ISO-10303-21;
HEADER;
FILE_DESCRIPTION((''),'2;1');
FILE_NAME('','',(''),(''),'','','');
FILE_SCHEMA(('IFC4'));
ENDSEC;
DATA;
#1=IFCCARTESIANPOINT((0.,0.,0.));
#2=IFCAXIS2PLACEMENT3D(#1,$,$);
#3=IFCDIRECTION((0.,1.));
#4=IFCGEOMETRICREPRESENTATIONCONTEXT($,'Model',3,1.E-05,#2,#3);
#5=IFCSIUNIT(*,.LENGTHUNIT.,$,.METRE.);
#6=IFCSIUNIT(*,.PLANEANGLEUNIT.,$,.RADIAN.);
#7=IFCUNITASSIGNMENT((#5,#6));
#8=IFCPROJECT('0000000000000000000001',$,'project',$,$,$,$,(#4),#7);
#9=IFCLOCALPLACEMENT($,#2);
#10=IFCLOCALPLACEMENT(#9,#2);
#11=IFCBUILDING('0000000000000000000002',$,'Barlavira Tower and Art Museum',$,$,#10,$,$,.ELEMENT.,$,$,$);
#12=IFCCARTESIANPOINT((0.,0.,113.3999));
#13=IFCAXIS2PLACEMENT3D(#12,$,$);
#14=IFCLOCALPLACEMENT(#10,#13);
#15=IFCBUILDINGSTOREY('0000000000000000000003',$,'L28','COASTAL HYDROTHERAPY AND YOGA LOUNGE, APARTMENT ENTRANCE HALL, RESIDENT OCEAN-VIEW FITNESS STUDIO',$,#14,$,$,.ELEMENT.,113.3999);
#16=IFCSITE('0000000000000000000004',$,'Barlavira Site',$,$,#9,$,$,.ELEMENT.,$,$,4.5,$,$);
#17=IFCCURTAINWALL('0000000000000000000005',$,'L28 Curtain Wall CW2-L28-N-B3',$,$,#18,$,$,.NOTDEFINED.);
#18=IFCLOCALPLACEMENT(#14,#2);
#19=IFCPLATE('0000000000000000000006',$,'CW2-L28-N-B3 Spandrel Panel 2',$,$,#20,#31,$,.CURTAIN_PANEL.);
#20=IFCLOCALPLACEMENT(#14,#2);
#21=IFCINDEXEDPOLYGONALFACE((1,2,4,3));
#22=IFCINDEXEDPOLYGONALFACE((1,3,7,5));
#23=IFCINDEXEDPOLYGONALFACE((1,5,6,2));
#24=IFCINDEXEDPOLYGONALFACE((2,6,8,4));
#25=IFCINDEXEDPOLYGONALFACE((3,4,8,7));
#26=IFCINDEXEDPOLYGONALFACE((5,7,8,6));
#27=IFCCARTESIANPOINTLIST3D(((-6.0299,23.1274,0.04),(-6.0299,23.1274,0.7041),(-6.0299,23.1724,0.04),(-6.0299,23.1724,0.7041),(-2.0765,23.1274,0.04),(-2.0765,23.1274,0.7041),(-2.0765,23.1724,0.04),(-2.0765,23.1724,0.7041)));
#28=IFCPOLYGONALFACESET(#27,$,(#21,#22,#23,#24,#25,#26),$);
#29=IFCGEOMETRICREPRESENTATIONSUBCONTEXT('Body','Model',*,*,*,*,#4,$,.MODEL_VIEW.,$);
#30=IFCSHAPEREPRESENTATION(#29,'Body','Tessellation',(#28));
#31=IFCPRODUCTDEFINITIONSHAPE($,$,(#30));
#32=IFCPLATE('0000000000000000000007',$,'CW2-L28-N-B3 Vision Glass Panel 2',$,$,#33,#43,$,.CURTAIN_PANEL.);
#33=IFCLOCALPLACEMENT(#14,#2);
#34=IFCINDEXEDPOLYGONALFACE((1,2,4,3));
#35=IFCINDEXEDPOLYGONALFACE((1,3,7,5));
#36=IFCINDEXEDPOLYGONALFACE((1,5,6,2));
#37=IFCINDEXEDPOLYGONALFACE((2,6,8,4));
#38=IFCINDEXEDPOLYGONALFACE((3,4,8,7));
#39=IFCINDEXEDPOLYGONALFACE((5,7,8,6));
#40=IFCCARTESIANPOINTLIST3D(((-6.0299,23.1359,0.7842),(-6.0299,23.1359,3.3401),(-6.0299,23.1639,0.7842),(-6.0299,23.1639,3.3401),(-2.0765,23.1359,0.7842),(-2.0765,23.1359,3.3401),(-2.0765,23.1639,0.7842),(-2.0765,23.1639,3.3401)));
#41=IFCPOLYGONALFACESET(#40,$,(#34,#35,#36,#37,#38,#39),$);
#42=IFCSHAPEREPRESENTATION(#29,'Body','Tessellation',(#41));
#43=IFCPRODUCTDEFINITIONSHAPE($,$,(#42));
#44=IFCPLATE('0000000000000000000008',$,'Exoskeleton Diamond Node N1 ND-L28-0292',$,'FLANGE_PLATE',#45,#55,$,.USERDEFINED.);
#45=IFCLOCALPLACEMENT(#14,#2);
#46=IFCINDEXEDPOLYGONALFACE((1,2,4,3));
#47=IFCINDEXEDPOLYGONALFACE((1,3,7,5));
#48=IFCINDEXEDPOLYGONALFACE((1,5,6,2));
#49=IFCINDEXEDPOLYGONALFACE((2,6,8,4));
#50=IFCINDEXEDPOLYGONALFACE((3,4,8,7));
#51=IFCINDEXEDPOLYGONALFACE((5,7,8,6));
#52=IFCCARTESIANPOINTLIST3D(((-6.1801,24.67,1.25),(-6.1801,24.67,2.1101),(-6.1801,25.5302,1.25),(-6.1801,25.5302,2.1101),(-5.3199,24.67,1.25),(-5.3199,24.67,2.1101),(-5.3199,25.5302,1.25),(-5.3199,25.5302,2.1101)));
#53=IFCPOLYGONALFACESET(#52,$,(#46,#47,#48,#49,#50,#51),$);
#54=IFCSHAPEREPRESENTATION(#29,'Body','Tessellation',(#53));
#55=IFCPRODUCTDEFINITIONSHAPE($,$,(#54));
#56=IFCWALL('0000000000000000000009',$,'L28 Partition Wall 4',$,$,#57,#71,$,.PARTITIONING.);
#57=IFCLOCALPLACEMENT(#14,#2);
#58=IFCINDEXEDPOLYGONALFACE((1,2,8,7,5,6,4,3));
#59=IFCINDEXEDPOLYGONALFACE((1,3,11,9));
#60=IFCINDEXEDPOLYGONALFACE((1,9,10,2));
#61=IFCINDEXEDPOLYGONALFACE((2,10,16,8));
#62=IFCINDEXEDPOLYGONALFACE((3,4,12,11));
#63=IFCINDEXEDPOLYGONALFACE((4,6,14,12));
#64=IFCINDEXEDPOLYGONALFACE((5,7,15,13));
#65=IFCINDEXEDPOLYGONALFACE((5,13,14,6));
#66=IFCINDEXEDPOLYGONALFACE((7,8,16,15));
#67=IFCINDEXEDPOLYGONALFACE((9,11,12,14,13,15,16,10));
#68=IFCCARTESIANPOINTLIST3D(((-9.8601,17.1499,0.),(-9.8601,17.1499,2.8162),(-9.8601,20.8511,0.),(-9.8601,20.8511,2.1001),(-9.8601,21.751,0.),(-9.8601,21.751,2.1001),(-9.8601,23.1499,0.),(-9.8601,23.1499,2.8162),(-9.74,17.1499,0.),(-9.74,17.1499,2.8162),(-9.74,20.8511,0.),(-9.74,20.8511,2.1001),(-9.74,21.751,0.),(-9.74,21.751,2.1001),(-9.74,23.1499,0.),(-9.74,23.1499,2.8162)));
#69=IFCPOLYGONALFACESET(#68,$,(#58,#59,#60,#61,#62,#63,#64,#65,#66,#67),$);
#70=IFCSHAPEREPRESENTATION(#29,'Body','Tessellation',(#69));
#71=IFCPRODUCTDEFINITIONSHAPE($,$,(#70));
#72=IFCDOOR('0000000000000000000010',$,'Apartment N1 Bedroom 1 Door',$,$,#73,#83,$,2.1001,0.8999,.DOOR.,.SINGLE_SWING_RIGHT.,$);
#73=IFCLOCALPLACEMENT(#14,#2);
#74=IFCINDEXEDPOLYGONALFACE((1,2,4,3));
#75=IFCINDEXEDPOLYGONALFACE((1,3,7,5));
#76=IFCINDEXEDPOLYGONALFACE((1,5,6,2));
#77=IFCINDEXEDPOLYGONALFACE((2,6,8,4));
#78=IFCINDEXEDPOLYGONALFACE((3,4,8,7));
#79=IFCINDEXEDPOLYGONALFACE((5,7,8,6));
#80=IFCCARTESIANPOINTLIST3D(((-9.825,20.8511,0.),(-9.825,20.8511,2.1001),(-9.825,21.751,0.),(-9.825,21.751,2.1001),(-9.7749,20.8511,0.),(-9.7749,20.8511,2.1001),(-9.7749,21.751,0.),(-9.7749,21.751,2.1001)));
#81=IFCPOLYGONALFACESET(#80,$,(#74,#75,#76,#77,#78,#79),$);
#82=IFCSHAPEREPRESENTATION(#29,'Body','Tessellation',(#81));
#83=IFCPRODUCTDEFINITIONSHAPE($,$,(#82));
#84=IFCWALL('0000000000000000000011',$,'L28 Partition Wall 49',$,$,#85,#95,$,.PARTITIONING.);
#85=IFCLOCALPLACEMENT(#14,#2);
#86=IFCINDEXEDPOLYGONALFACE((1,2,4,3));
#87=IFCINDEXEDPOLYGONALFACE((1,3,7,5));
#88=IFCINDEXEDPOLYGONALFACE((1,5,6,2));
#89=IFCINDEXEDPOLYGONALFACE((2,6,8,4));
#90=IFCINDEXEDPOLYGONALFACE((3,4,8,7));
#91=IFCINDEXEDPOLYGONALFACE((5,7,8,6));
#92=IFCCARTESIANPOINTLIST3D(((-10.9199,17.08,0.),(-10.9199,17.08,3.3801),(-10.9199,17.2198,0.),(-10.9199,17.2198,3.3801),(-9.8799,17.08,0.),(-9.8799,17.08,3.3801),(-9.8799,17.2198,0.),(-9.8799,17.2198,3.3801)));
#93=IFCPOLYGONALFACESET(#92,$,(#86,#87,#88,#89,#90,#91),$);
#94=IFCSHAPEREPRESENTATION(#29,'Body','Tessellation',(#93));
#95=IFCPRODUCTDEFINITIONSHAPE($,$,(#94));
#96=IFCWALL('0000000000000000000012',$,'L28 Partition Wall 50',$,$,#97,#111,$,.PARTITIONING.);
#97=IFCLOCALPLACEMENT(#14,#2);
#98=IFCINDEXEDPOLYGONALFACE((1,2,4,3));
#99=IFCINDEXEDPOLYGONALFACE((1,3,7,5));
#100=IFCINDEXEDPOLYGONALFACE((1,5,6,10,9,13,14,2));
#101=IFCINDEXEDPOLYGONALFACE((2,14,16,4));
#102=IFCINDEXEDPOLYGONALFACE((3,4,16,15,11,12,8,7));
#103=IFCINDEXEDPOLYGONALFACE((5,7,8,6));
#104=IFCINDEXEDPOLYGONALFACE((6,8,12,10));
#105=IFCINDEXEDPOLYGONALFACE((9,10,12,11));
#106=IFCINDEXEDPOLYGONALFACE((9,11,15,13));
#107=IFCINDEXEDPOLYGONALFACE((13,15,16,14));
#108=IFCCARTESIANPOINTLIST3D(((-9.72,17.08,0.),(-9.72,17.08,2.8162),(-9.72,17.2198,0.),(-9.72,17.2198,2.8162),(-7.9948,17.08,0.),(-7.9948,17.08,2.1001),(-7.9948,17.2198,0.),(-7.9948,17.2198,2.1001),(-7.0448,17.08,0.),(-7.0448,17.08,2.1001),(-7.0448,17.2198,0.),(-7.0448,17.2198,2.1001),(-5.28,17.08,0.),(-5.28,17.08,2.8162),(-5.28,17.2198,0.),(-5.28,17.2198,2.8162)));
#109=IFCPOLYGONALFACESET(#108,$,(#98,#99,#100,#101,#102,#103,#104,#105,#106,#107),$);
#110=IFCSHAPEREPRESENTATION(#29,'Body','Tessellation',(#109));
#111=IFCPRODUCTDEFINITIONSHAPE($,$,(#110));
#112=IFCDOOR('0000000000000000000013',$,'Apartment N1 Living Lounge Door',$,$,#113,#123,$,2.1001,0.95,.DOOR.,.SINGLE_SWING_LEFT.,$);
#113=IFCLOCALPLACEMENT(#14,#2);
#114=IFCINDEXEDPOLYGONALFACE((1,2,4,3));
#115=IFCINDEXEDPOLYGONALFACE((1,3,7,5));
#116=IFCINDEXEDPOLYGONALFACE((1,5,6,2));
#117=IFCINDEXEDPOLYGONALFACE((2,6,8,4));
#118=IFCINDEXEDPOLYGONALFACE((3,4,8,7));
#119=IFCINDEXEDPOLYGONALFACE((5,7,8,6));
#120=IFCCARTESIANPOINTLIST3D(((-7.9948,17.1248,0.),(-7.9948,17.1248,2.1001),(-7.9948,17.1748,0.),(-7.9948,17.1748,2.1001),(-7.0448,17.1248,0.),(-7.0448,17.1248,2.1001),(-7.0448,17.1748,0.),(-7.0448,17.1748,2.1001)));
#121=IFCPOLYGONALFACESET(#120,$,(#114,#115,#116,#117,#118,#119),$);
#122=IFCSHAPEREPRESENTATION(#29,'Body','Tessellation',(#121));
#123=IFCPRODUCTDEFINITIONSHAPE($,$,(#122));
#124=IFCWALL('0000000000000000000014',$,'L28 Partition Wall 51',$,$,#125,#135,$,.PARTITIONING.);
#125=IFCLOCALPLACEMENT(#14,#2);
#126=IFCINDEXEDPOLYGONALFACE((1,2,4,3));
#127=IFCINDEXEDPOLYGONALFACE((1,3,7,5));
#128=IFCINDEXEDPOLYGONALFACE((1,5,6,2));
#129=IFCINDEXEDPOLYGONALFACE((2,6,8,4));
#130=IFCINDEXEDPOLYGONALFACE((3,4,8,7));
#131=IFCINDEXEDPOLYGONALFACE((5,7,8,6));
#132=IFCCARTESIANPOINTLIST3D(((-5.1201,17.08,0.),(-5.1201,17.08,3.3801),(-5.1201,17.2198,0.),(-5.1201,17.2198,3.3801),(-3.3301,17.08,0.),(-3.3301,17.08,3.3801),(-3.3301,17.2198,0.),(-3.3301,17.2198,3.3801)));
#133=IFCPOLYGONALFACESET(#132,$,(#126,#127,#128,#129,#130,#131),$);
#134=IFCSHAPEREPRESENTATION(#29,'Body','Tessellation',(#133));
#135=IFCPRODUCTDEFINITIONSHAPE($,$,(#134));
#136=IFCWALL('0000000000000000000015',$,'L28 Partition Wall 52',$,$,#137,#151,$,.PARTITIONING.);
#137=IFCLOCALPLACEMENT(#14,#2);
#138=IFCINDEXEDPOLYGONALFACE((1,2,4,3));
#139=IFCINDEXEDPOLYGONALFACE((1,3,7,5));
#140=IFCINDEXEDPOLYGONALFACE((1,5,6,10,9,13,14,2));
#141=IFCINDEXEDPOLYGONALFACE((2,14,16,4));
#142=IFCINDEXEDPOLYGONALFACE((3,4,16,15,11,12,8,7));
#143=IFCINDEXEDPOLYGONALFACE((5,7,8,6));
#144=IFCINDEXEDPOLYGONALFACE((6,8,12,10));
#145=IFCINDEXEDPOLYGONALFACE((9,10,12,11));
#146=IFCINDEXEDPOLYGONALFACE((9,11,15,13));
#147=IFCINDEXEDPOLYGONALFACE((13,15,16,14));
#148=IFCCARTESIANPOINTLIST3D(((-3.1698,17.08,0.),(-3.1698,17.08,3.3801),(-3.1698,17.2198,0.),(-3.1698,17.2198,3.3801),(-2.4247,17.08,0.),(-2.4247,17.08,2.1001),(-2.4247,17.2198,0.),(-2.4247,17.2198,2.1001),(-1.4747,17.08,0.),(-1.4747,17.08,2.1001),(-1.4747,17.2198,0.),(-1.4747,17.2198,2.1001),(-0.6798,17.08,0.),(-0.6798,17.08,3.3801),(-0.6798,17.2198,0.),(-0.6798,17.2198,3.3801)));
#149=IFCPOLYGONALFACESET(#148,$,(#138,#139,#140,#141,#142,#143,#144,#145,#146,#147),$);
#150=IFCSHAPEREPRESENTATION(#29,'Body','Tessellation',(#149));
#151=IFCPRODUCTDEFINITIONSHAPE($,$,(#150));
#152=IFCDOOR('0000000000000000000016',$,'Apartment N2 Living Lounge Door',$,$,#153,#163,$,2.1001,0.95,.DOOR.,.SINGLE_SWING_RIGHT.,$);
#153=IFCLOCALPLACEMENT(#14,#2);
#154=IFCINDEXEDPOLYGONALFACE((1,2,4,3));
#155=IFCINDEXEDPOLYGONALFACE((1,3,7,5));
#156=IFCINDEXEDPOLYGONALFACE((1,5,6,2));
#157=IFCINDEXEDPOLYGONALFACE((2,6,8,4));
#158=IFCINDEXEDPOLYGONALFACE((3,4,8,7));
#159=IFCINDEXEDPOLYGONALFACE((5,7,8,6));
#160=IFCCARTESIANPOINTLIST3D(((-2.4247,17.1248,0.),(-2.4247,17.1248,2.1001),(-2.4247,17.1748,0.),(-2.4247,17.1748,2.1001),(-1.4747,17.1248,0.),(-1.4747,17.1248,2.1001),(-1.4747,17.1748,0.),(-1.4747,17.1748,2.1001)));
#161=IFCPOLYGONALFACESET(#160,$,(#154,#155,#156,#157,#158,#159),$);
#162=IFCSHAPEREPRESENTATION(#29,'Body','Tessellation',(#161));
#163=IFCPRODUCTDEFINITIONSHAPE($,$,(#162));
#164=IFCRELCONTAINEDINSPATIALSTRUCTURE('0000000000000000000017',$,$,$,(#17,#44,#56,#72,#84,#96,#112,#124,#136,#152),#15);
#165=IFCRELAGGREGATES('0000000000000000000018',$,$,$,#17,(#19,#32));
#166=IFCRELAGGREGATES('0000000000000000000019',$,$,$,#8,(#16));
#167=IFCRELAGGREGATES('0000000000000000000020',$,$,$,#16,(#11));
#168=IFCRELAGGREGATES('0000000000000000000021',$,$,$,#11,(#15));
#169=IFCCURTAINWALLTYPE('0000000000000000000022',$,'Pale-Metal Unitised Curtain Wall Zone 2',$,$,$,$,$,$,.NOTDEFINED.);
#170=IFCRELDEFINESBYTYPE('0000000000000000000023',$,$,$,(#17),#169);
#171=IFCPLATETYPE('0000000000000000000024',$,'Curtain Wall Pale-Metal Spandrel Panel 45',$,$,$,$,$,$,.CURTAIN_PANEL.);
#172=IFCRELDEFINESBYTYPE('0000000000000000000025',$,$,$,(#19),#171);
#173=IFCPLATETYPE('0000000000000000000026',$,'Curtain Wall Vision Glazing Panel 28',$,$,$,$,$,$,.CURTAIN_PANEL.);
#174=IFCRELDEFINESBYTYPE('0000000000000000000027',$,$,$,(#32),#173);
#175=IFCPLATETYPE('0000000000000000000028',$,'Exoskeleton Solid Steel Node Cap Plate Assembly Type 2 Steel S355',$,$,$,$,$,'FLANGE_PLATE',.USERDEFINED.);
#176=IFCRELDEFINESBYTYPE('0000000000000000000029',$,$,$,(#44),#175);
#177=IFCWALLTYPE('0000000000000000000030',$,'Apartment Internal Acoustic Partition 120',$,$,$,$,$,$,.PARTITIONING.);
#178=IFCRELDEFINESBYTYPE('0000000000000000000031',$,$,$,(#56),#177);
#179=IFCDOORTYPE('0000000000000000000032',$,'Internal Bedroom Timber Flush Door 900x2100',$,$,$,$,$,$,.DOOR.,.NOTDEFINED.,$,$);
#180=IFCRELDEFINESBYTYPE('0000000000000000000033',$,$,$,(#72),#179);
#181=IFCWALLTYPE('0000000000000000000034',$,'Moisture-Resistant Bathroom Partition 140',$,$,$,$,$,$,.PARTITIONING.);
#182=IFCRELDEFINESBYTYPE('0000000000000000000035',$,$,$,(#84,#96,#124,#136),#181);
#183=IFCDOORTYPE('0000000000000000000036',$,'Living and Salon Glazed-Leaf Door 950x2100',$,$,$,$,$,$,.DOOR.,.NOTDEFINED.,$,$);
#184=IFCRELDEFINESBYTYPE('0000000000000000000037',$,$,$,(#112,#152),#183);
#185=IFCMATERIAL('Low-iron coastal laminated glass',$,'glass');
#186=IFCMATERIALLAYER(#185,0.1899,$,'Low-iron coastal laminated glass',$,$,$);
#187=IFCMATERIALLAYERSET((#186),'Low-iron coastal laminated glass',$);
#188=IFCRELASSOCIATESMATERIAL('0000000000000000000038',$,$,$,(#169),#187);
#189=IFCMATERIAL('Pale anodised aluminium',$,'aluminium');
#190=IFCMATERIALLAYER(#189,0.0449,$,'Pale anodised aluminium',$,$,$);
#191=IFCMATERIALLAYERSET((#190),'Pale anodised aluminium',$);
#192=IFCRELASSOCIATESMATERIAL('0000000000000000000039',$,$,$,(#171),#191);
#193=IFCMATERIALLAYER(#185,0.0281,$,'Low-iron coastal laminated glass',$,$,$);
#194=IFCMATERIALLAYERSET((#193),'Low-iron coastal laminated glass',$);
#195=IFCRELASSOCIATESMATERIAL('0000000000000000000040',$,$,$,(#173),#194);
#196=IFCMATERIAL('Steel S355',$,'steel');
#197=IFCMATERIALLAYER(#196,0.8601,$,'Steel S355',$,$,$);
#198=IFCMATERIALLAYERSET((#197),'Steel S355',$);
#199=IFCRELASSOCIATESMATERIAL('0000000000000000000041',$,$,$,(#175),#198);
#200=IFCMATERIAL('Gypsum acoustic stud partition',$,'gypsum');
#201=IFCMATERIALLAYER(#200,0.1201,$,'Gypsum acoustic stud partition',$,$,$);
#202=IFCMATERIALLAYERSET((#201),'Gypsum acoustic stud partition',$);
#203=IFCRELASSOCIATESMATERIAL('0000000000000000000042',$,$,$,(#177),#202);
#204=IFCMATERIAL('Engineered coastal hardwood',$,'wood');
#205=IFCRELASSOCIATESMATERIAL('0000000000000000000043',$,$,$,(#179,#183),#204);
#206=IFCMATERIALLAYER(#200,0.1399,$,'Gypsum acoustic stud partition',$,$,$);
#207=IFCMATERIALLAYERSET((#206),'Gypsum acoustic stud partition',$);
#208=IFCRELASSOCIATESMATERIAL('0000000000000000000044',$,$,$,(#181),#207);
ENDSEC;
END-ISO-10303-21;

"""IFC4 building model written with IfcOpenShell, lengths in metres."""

from ifc_helpers import new_model, si_unit, direction, frame, frame_2d, origin, origin_2d, place, context, subcontext, project, spatial, rectangle, extrude, material, layer, layer_set, type_object, element, fill, aggregate, save


model = new_model("IFC4")

# Units and contexts
model_context = context("Model", 3, precision=1e-05, world=origin(), true_north=direction((0.0, 1.0)))
body_context = subcontext(model_context, "Body", "Model", "MODEL_VIEW")
ifc_project = project(units=[si_unit("LENGTHUNIT", "METRE"), si_unit("PLANEANGLEUNIT", "RADIAN")], contexts=[model_context])

# Site, building, storey
site_placement = place(None, origin())
site = spatial("IfcSite", under=ifc_project, at=site_placement, Name="Barlavira Site", CompositionType="ELEMENT", RefElevation=4.5)
building_placement = place(site_placement, origin())
building = spatial("IfcBuilding", under=site, at=building_placement, Name="Barlavira Tower and Art Museum", CompositionType="ELEMENT")
storey_placement = place(building_placement, frame((0.0, 0.0, 113.3999)))
storey = spatial("IfcBuildingStorey", under=building, at=storey_placement, Name="L28", Description="COASTAL HYDROTHERAPY AND YOGA LOUNGE, APARTMENT ENTRANCE HALL, RESIDENT OCEAN-VIEW FITNESS STUDIO", CompositionType="ELEMENT", Elevation=113.3999)

# Curtain wall
ifc_material_1 = material(Name="Low-iron coastal laminated glass", Category="glass")
ifc_layer_1 = layer(ifc_material_1, 0.1899, Name="Low-iron coastal laminated glass")
ifc_layer_set_1 = layer_set([ifc_layer_1], Name="Low-iron coastal laminated glass")
curtain_wall_type = type_object("IfcCurtainWallType", Name="Pale-Metal Unitised Curtain Wall Zone 2", PredefinedType="NOTDEFINED", material=ifc_layer_set_1)
curtain_wall_placement = place(storey_placement, origin())
curtain_wall = element("IfcCurtainWall", 1, at=curtain_wall_placement, inside=storey, type_object=curtain_wall_type, Name="L28 Curtain Wall CW2-L28-N-B3", PredefinedType="NOTDEFINED")
ifc_material_2 = material(Name="Pale anodised aluminium", Category="aluminium")

# Shared definitions
ifc_material_3 = material(Name="Steel S355", Category="steel")

# Plates
ifc_layer_2 = layer(ifc_material_2, 0.0449, Name="Pale anodised aluminium")
ifc_layer_set_2 = layer_set([ifc_layer_2], Name="Pale anodised aluminium")
plate_type_1 = type_object("IfcPlateType", Name="Curtain Wall Pale-Metal Spandrel Panel 45", PredefinedType="CURTAIN_PANEL", material=ifc_layer_set_2)
plate_1_placement = place(storey_placement, frame((-4.0532, 23.1499, 0.04), z_axis=(0.0, 0.0, 1.0), x_axis=(-1.0, 0.0, 0.0)))
plate_1 = element("IfcPlate", 2, at=plate_1_placement, type_object=plate_type_1, Name="CW2-L28-N-B3 Spandrel Panel 2", PredefinedType="CURTAIN_PANEL", context=body_context, shape_type="SweptSolid", body=[
    extrude(rectangle(XDim=3.9534, YDim=0.0449, at=origin_2d()), origin(), (0.0, 0.0, 1.0), 0.6641),
])
ifc_layer_3 = layer(ifc_material_1, 0.0281, Name="Low-iron coastal laminated glass")
ifc_layer_set_3 = layer_set([ifc_layer_3], Name="Low-iron coastal laminated glass")
plate_type_2 = type_object("IfcPlateType", Name="Curtain Wall Vision Glazing Panel 28", PredefinedType="CURTAIN_PANEL", material=ifc_layer_set_3)
plate_2_placement = place(storey_placement, frame((-4.0532, 23.1499, 0.7842), z_axis=(0.0, 0.0, 1.0), x_axis=(-1.0, 0.0, 0.0)))
plate_2 = element("IfcPlate", 3, at=plate_2_placement, type_object=plate_type_2, Name="CW2-L28-N-B3 Vision Glass Panel 2", PredefinedType="CURTAIN_PANEL", context=body_context, shape_type="SweptSolid", body=[
    extrude(rectangle(XDim=3.9534, YDim=0.0281, at=origin_2d()), origin(), (0.0, 0.0, 1.0), 2.5559),
])
aggregate(curtain_wall, [plate_1, plate_2])
ifc_layer_4 = layer(ifc_material_3, 0.8601, Name="Steel S355")
ifc_layer_set_4 = layer_set([ifc_layer_4], Name="Steel S355")
plate_type_3 = type_object("IfcPlateType", Name="Exoskeleton Solid Steel Node Cap Plate Assembly Type 2 Steel S355", ElementType="FLANGE_PLATE", PredefinedType="USERDEFINED", material=ifc_layer_set_4)
plate_3_placement = place(storey_placement, frame((-5.75, 25.1001, 1.25), z_axis=(0.0, 0.0, 1.0), x_axis=(1.0, 0.0, 0.0)))
element("IfcPlate", 4, at=plate_3_placement, inside=storey, type_object=plate_type_3, Name="Exoskeleton Diamond Node N1 ND-L28-0292", ObjectType="FLANGE_PLATE", PredefinedType="USERDEFINED", context=body_context, shape_type="SweptSolid", body=[
    extrude(rectangle(XDim=0.8601, YDim=0.8601, at=origin_2d()), origin(), (0.0, 0.0, 1.0), 0.8601),
])

# Wall, opening, door
ifc_material_4 = material(Name="Gypsum acoustic stud partition", Category="gypsum")
ifc_layer_5 = layer(ifc_material_4, 0.1201, Name="Gypsum acoustic stud partition")
ifc_layer_set_5 = layer_set([ifc_layer_5], Name="Gypsum acoustic stud partition")
wall_type_1 = type_object("IfcWallType", Name="Apartment Internal Acoustic Partition 120", PredefinedType="PARTITIONING", material=ifc_layer_set_5)
wall_1_placement = place(storey_placement, frame((-9.8, 17.1499, 0.0), z_axis=(0.0, 0.0, 1.0), x_axis=(0.0, 1.0, 0.0)))
wall_1 = element("IfcWall", 5, at=wall_1_placement, inside=storey, type_object=wall_type_1, Name="L28 Partition Wall 4", PredefinedType="PARTITIONING", context=body_context, shape_type="SweptSolid", body=[
    extrude(rectangle(XDim=6.0, YDim=0.1201, at=frame_2d((3.0, 0.0))), origin(), (0.0, 0.0, 1.0), 2.8162),
])
opening_1_placement = place(wall_1_placement, frame((3.7012, 0.0, 0.0)))
opening_1 = element("IfcOpeningElement", 6, at=opening_1_placement, cuts=wall_1, PredefinedType="OPENING", context=body_context, shape_type="SweptSolid", body=[
    extrude(rectangle(XDim=0.8999, YDim=2.1001, at=frame_2d((0.45, 1.05))), frame((0.0, 0.0701, 0.0), z_axis=(0.0, -1.0, 0.0), x_axis=(1.0, 0.0, 0.0)), (0.0, 0.0, 1.0), 0.1401),
])
ifc_material_5 = material(Name="Engineered coastal hardwood", Category="wood")
door_type_1 = type_object("IfcDoorType", Name="Internal Bedroom Timber Flush Door 900x2100", OperationType="NOTDEFINED", PredefinedType="DOOR", material=ifc_material_5)
door_1_placement = place(opening_1_placement, origin())
door_1 = element("IfcDoor", 7, at=door_1_placement, inside=storey, type_object=door_type_1, Name="Apartment N1 Bedroom 1 Door", OperationType="SINGLE_SWING_RIGHT", OverallHeight=2.1001, OverallWidth=0.8999, PredefinedType="DOOR", context=body_context, shape_type="SweptSolid", body=[
    extrude(rectangle(XDim=0.8999, YDim=2.1001, at=frame_2d((0.45, 1.05))), frame((0.0, 0.0249, 0.0), z_axis=(0.0, -1.0, 0.0), x_axis=(1.0, 0.0, 0.0)), (0.0, 0.0, 1.0), 0.05),
])
fill(opening_1, door_1)

# Wall
ifc_layer_6 = layer(ifc_material_4, 0.1399, Name="Gypsum acoustic stud partition")
ifc_layer_set_6 = layer_set([ifc_layer_6], Name="Gypsum acoustic stud partition")
wall_type_2 = type_object("IfcWallType", Name="Moisture-Resistant Bathroom Partition 140", PredefinedType="PARTITIONING", material=ifc_layer_set_6)
wall_2_placement = place(storey_placement, frame((-10.9199, 17.1499, 0.0), z_axis=(0.0, 0.0, 1.0), x_axis=(1.0, 0.0, 0.0)))
element("IfcWall", 8, at=wall_2_placement, inside=storey, type_object=wall_type_2, Name="L28 Partition Wall 49", PredefinedType="PARTITIONING", context=body_context, shape_type="SweptSolid", body=[
    extrude(rectangle(XDim=1.04, YDim=0.1399, at=frame_2d((0.52, 0.0))), origin(), (0.0, 0.0, 1.0), 3.3801),
])

# Wall, opening, door
wall_3_placement = place(storey_placement, frame((-9.72, 17.1499, 0.0), z_axis=(0.0, 0.0, 1.0), x_axis=(1.0, 0.0, 0.0)))
wall_3 = element("IfcWall", 9, at=wall_3_placement, inside=storey, type_object=wall_type_2, Name="L28 Partition Wall 50", PredefinedType="PARTITIONING", context=body_context, shape_type="SweptSolid", body=[
    extrude(rectangle(XDim=4.4399, YDim=0.1399, at=frame_2d((2.22, 0.0))), origin(), (0.0, 0.0, 1.0), 2.8162),
])
opening_2_placement = place(wall_3_placement, frame((1.7251, 0.0, 0.0)))
opening_2 = element("IfcOpeningElement", 10, at=opening_2_placement, cuts=wall_3, PredefinedType="OPENING", context=body_context, shape_type="SweptSolid", body=[
    extrude(rectangle(XDim=0.95, YDim=2.1001, at=frame_2d((0.4751, 1.05))), frame((0.0, 0.0801, 0.0), z_axis=(0.0, -1.0, 0.0), x_axis=(1.0, 0.0, 0.0)), (0.0, 0.0, 1.0), 0.1599),
])
door_type_2 = type_object("IfcDoorType", Name="Living and Salon Glazed-Leaf Door 950x2100", OperationType="NOTDEFINED", PredefinedType="DOOR", material=ifc_material_5)
door_2_placement = place(opening_2_placement, origin())
door_2 = element("IfcDoor", 11, at=door_2_placement, inside=storey, type_object=door_type_2, Name="Apartment N1 Living Lounge Door", OperationType="SINGLE_SWING_LEFT", OverallHeight=2.1001, OverallWidth=0.95, PredefinedType="DOOR", context=body_context, shape_type="SweptSolid", body=[
    extrude(rectangle(XDim=0.95, YDim=2.1001, at=frame_2d((0.4751, 1.05))), frame((0.0, 0.0249, 0.0), z_axis=(0.0, -1.0, 0.0), x_axis=(1.0, 0.0, 0.0)), (0.0, 0.0, 1.0), 0.05),
])
fill(opening_2, door_2)

# Wall
wall_4_placement = place(storey_placement, frame((-5.1201, 17.1499, 0.0), z_axis=(0.0, 0.0, 1.0), x_axis=(1.0, 0.0, 0.0)))
element("IfcWall", 12, at=wall_4_placement, inside=storey, type_object=wall_type_2, Name="L28 Partition Wall 51", PredefinedType="PARTITIONING", context=body_context, shape_type="SweptSolid", body=[
    extrude(rectangle(XDim=1.79, YDim=0.1399, at=frame_2d((0.895, 0.0))), origin(), (0.0, 0.0, 1.0), 3.3801),
])

# Wall, opening, door
wall_5_placement = place(storey_placement, frame((-3.1699, 17.1499, 0.0), z_axis=(0.0, 0.0, 1.0), x_axis=(1.0, 0.0, 0.0)))
wall_5 = element("IfcWall", 13, at=wall_5_placement, inside=storey, type_object=wall_type_2, Name="L28 Partition Wall 52", PredefinedType="PARTITIONING", context=body_context, shape_type="SweptSolid", body=[
    extrude(rectangle(XDim=2.49, YDim=0.1399, at=frame_2d((1.2451, 0.0))), origin(), (0.0, 0.0, 1.0), 3.3801),
])
opening_3_placement = place(wall_5_placement, frame((0.7451, 0.0, 0.0)))
opening_3 = element("IfcOpeningElement", 14, at=opening_3_placement, cuts=wall_5, PredefinedType="OPENING", context=body_context, shape_type="SweptSolid", body=[
    extrude(rectangle(XDim=0.95, YDim=2.1001, at=frame_2d((0.4751, 1.05))), frame((0.0, 0.0801, 0.0), z_axis=(0.0, -1.0, 0.0), x_axis=(1.0, 0.0, 0.0)), (0.0, 0.0, 1.0), 0.1599),
])
door_3_placement = place(opening_3_placement, origin())
door_3 = element("IfcDoor", 15, at=door_3_placement, inside=storey, type_object=door_type_2, Name="Apartment N2 Living Lounge Door", OperationType="SINGLE_SWING_RIGHT", OverallHeight=2.1001, OverallWidth=0.95, PredefinedType="DOOR", context=body_context, shape_type="SweptSolid", body=[
    extrude(rectangle(XDim=0.95, YDim=2.1001, at=frame_2d((0.4751, 1.05))), frame((0.0, 0.0249, 0.0), z_axis=(0.0, -1.0, 0.0), x_axis=(1.0, 0.0, 0.0)), (0.0, 0.0, 1.0), 0.05),
])
fill(opening_3, door_3)

save(model, "model.ifc")
